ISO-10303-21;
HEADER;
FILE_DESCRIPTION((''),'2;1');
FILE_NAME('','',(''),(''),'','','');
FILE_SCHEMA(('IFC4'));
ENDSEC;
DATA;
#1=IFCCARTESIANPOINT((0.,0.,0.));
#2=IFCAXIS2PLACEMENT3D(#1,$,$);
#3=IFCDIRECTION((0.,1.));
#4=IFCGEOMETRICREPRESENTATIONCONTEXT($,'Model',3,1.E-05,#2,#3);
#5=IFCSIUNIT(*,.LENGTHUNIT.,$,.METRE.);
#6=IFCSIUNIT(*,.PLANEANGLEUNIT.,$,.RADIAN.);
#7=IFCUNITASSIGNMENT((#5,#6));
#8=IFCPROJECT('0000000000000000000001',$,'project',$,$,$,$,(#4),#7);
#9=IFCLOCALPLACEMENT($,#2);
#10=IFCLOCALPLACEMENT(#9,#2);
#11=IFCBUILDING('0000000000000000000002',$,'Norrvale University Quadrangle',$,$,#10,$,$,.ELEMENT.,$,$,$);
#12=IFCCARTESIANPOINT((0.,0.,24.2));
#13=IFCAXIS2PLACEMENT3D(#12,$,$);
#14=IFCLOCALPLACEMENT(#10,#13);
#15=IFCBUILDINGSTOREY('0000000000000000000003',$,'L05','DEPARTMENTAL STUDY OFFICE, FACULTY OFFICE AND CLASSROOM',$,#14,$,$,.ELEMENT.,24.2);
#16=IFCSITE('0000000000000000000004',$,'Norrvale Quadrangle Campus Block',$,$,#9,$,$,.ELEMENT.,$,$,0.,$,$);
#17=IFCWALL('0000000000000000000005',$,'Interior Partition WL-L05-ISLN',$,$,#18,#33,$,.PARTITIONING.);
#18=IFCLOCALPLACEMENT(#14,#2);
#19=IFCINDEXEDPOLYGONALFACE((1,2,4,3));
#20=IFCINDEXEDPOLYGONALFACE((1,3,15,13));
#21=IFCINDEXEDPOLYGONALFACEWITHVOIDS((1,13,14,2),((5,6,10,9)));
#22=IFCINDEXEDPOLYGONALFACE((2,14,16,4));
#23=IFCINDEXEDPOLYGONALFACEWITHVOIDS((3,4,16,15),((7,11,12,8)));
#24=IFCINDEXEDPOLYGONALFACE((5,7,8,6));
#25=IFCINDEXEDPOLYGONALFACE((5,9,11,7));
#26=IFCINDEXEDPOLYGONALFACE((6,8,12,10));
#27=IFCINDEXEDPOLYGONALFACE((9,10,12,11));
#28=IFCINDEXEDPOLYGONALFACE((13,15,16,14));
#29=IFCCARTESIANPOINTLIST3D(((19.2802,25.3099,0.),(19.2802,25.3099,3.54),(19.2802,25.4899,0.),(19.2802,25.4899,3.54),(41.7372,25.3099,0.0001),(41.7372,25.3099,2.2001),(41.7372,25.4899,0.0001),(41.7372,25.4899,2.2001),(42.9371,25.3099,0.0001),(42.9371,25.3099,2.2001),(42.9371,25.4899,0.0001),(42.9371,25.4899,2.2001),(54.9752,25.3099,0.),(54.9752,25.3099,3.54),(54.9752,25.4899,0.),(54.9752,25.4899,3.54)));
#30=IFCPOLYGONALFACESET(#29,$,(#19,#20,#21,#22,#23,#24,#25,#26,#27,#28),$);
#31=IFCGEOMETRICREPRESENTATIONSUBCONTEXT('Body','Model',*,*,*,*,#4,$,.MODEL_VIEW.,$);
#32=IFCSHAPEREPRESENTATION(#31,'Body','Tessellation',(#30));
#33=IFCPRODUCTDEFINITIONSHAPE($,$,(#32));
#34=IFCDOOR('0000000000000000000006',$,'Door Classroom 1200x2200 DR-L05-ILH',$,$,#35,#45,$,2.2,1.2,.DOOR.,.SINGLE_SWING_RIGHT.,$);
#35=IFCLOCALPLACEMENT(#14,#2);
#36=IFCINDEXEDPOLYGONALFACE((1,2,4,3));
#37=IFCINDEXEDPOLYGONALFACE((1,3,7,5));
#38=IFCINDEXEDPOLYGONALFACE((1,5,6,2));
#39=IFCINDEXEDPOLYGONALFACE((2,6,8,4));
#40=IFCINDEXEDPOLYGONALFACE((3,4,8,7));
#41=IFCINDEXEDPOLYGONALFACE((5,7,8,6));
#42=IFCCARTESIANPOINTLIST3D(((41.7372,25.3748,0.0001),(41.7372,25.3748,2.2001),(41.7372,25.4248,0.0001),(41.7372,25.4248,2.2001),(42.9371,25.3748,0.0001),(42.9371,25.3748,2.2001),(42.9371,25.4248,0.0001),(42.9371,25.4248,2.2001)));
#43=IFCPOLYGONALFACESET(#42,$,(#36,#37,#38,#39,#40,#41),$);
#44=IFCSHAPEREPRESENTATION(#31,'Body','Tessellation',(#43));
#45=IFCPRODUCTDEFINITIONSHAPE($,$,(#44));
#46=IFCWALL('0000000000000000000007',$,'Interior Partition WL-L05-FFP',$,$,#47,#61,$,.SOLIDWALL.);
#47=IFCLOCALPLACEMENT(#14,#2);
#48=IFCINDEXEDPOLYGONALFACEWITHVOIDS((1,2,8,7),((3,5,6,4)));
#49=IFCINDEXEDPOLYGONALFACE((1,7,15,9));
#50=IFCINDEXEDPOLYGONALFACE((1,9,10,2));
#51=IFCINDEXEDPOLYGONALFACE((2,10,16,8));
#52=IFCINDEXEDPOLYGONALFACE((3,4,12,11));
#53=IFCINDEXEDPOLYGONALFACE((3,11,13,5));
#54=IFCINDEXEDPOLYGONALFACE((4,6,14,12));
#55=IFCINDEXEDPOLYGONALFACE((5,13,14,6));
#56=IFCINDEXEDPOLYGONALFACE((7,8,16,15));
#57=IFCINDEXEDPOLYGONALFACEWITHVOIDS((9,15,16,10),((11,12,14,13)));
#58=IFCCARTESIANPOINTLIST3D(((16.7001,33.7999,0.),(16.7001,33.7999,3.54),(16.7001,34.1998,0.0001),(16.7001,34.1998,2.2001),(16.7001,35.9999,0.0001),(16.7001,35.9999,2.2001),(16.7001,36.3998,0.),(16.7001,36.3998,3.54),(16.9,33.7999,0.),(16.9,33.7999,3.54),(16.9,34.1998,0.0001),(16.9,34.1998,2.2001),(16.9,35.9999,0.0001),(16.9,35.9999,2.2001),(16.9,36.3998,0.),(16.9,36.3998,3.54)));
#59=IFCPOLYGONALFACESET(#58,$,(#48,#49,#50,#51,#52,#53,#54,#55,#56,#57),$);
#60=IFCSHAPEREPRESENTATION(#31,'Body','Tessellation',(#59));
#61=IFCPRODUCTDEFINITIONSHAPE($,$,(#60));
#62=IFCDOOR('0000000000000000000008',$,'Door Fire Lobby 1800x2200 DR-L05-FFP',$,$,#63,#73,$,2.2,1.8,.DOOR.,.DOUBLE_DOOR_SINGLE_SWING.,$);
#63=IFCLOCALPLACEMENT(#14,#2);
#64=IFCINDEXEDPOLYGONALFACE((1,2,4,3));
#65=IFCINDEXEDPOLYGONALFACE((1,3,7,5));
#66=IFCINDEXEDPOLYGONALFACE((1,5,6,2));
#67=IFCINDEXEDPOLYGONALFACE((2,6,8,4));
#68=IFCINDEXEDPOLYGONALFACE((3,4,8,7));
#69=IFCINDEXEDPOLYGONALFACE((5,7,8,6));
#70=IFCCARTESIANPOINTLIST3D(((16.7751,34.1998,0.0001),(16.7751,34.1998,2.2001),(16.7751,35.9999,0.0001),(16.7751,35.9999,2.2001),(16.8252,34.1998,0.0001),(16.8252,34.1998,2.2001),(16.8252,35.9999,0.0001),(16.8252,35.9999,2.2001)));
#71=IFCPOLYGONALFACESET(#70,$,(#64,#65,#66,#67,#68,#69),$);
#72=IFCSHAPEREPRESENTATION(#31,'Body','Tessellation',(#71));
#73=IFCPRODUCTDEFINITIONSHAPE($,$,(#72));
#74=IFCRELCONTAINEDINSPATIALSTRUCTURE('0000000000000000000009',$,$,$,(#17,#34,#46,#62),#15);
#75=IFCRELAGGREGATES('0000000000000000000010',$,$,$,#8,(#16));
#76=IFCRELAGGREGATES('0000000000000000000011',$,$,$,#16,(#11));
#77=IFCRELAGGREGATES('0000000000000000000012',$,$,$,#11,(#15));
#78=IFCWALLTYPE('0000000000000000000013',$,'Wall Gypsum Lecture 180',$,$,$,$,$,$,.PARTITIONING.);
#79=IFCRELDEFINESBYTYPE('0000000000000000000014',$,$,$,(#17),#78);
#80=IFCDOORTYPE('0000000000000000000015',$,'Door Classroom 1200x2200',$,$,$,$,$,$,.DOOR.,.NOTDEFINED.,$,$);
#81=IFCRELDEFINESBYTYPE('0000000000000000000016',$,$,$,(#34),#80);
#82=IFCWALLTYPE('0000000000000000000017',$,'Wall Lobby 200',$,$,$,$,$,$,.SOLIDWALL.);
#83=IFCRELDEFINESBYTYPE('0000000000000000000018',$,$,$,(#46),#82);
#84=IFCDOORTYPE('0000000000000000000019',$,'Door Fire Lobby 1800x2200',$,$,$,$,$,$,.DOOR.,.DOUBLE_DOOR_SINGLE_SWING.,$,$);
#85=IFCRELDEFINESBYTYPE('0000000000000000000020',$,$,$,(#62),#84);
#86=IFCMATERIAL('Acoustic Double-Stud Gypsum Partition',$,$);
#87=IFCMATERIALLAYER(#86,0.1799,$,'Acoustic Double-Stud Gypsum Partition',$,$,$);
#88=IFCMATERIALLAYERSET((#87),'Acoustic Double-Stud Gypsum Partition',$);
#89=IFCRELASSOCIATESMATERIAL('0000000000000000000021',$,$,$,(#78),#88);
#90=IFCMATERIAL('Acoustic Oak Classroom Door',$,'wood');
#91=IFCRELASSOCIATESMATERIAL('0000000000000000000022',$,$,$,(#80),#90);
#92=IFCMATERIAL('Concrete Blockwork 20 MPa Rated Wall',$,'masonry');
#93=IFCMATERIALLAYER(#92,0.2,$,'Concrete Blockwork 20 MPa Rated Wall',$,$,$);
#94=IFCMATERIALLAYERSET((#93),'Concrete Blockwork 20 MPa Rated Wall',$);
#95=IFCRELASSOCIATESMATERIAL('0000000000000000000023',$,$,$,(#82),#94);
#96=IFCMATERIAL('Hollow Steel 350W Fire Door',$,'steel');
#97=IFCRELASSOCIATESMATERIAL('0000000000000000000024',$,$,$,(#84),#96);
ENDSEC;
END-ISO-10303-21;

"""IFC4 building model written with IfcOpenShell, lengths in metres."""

from ifc_helpers import new_model, si_unit, direction, frame, frame_2d, origin, place, context, subcontext, project, spatial, rectangle, extrude, material, layer, layer_set, type_object, element, fill, save


model = new_model("IFC4")

# Units and contexts
model_context = context("Model", 3, precision=1e-05, world=origin(), true_north=direction((0.0, 1.0)))
body_context = subcontext(model_context, "Body", "Model", "MODEL_VIEW")
ifc_project = project(units=[si_unit("LENGTHUNIT", "METRE"), si_unit("PLANEANGLEUNIT", "RADIAN")], contexts=[model_context])

# Site, building, storey
site_placement = place(None, origin())
site = spatial("IfcSite", under=ifc_project, at=site_placement, Name="Norrvale Quadrangle Campus Block", CompositionType="ELEMENT", RefElevation=0.0)
building_placement = place(site_placement, origin())
building = spatial("IfcBuilding", under=site, at=building_placement, Name="Norrvale University Quadrangle", CompositionType="ELEMENT")
storey_placement = place(building_placement, frame((0.0, 0.0, 24.2)))
storey = spatial("IfcBuildingStorey", under=building, at=storey_placement, Name="L05", Description="DEPARTMENTAL STUDY OFFICE, FACULTY OFFICE AND CLASSROOM", CompositionType="ELEMENT", Elevation=24.2)

# Walls, openings, doors
ifc_material_1 = material(Name="Acoustic Double-Stud Gypsum Partition")
ifc_layer_1 = layer(ifc_material_1, 0.1799, Name="Acoustic Double-Stud Gypsum Partition")
ifc_layer_set_1 = layer_set([ifc_layer_1], Name="Acoustic Double-Stud Gypsum Partition")
wall_type_1 = type_object("IfcWallType", Name="Wall Gypsum Lecture 180", PredefinedType="PARTITIONING", material=ifc_layer_set_1)
wall_1_placement = place(storey_placement, frame((19.28, 25.3999, 0.0), z_axis=(0.0, 0.0, 1.0), x_axis=(1.0, 0.0, 0.0)))
wall_1 = element("IfcWall", 1, at=wall_1_placement, inside=storey, type_object=wall_type_1, Name="Interior Partition WL-L05-ISLN", PredefinedType="PARTITIONING", context=body_context, shape_type="SweptSolid", body=[
    extrude(rectangle(XDim=35.6951, YDim=0.1799, at=frame_2d((17.8477, 0.0))), origin(), (0.0, 0.0, 1.0), 3.54),
])
opening_1_placement = place(wall_1_placement, frame((22.457, 0.0, 0.0)))
opening_1 = element("IfcOpeningElement", 2, at=opening_1_placement, cuts=wall_1, PredefinedType="OPENING", context=body_context, shape_type="SweptSolid", body=[
    extrude(rectangle(XDim=1.2, YDim=2.2, at=frame_2d((0.6001, 1.1001))), frame((0.0, 0.1021, 0.0), z_axis=(0.0, -1.0, 0.0), x_axis=(1.0, 0.0, 0.0)), (0.0, 0.0, 1.0), 0.2039),
])
ifc_material_2 = material(Name="Acoustic Oak Classroom Door", Category="wood")
door_type_1 = type_object("IfcDoorType", Name="Door Classroom 1200x2200", OperationType="NOTDEFINED", PredefinedType="DOOR", material=ifc_material_2)
door_1_placement = place(opening_1_placement, origin())
door_1 = element("IfcDoor", 3, at=door_1_placement, inside=storey, type_object=door_type_1, Name="Door Classroom 1200x2200 DR-L05-ILH", OperationType="SINGLE_SWING_RIGHT", OverallHeight=2.2, OverallWidth=1.2, PredefinedType="DOOR", context=body_context, shape_type="SweptSolid", body=[
    extrude(rectangle(XDim=1.2, YDim=2.2, at=frame_2d((0.6001, 1.1001))), frame((0.0, 0.0249, 0.0), z_axis=(0.0, -1.0, 0.0), x_axis=(1.0, 0.0, 0.0)), (0.0, 0.0, 1.0), 0.05),
])
fill(opening_1, door_1)
ifc_material_3 = material(Name="Concrete Blockwork 20 MPa Rated Wall", Category="masonry")
ifc_layer_2 = layer(ifc_material_3, 0.2, Name="Concrete Blockwork 20 MPa Rated Wall")
ifc_layer_set_2 = layer_set([ifc_layer_2], Name="Concrete Blockwork 20 MPa Rated Wall")
wall_type_2 = type_object("IfcWallType", Name="Wall Lobby 200", PredefinedType="SOLIDWALL", material=ifc_layer_set_2)
wall_2_placement = place(storey_placement, frame((16.8, 33.8, 0.0), z_axis=(0.0, 0.0, 1.0), x_axis=(0.0, 1.0, 0.0)))
wall_2 = element("IfcWall", 4, at=wall_2_placement, inside=storey, type_object=wall_type_2, Name="Interior Partition WL-L05-FFP", PredefinedType="SOLIDWALL", context=body_context, shape_type="SweptSolid", body=[
    extrude(rectangle(XDim=2.5999, YDim=0.2, at=frame_2d((1.2998, 0.0))), origin(), (0.0, 0.0, 1.0), 3.54),
])
opening_2_placement = place(wall_2_placement, frame((0.3999, 0.0, 0.0)))
opening_2 = element("IfcOpeningElement", 5, at=opening_2_placement, cuts=wall_2, PredefinedType="OPENING", context=body_context, shape_type="SweptSolid", body=[
    extrude(rectangle(XDim=1.8, YDim=2.2, at=frame_2d((0.8999, 1.1001))), frame((0.0, 0.1121, 0.0), z_axis=(0.0, -1.0, 0.0), x_axis=(1.0, 0.0, 0.0)), (0.0, 0.0, 1.0), 0.2239),
])
ifc_material_4 = material(Name="Hollow Steel 350W Fire Door", Category="steel")
door_type_2 = type_object("IfcDoorType", Name="Door Fire Lobby 1800x2200", OperationType="DOUBLE_DOOR_SINGLE_SWING", PredefinedType="DOOR", material=ifc_material_4)
door_2_placement = place(opening_2_placement, origin())
door_2 = element("IfcDoor", 6, at=door_2_placement, inside=storey, type_object=door_type_2, Name="Door Fire Lobby 1800x2200 DR-L05-FFP", OperationType="DOUBLE_DOOR_SINGLE_SWING", OverallHeight=2.2, OverallWidth=1.8, PredefinedType="DOOR", context=body_context, shape_type="SweptSolid", body=[
    extrude(rectangle(XDim=1.8, YDim=2.2, at=frame_2d((0.8999, 1.1001))), frame((0.0, 0.0249, 0.0), z_axis=(0.0, -1.0, 0.0), x_axis=(1.0, 0.0, 0.0)), (0.0, 0.0, 1.0), 0.05),
])
fill(opening_2, door_2)

save(model, "model.ifc")
